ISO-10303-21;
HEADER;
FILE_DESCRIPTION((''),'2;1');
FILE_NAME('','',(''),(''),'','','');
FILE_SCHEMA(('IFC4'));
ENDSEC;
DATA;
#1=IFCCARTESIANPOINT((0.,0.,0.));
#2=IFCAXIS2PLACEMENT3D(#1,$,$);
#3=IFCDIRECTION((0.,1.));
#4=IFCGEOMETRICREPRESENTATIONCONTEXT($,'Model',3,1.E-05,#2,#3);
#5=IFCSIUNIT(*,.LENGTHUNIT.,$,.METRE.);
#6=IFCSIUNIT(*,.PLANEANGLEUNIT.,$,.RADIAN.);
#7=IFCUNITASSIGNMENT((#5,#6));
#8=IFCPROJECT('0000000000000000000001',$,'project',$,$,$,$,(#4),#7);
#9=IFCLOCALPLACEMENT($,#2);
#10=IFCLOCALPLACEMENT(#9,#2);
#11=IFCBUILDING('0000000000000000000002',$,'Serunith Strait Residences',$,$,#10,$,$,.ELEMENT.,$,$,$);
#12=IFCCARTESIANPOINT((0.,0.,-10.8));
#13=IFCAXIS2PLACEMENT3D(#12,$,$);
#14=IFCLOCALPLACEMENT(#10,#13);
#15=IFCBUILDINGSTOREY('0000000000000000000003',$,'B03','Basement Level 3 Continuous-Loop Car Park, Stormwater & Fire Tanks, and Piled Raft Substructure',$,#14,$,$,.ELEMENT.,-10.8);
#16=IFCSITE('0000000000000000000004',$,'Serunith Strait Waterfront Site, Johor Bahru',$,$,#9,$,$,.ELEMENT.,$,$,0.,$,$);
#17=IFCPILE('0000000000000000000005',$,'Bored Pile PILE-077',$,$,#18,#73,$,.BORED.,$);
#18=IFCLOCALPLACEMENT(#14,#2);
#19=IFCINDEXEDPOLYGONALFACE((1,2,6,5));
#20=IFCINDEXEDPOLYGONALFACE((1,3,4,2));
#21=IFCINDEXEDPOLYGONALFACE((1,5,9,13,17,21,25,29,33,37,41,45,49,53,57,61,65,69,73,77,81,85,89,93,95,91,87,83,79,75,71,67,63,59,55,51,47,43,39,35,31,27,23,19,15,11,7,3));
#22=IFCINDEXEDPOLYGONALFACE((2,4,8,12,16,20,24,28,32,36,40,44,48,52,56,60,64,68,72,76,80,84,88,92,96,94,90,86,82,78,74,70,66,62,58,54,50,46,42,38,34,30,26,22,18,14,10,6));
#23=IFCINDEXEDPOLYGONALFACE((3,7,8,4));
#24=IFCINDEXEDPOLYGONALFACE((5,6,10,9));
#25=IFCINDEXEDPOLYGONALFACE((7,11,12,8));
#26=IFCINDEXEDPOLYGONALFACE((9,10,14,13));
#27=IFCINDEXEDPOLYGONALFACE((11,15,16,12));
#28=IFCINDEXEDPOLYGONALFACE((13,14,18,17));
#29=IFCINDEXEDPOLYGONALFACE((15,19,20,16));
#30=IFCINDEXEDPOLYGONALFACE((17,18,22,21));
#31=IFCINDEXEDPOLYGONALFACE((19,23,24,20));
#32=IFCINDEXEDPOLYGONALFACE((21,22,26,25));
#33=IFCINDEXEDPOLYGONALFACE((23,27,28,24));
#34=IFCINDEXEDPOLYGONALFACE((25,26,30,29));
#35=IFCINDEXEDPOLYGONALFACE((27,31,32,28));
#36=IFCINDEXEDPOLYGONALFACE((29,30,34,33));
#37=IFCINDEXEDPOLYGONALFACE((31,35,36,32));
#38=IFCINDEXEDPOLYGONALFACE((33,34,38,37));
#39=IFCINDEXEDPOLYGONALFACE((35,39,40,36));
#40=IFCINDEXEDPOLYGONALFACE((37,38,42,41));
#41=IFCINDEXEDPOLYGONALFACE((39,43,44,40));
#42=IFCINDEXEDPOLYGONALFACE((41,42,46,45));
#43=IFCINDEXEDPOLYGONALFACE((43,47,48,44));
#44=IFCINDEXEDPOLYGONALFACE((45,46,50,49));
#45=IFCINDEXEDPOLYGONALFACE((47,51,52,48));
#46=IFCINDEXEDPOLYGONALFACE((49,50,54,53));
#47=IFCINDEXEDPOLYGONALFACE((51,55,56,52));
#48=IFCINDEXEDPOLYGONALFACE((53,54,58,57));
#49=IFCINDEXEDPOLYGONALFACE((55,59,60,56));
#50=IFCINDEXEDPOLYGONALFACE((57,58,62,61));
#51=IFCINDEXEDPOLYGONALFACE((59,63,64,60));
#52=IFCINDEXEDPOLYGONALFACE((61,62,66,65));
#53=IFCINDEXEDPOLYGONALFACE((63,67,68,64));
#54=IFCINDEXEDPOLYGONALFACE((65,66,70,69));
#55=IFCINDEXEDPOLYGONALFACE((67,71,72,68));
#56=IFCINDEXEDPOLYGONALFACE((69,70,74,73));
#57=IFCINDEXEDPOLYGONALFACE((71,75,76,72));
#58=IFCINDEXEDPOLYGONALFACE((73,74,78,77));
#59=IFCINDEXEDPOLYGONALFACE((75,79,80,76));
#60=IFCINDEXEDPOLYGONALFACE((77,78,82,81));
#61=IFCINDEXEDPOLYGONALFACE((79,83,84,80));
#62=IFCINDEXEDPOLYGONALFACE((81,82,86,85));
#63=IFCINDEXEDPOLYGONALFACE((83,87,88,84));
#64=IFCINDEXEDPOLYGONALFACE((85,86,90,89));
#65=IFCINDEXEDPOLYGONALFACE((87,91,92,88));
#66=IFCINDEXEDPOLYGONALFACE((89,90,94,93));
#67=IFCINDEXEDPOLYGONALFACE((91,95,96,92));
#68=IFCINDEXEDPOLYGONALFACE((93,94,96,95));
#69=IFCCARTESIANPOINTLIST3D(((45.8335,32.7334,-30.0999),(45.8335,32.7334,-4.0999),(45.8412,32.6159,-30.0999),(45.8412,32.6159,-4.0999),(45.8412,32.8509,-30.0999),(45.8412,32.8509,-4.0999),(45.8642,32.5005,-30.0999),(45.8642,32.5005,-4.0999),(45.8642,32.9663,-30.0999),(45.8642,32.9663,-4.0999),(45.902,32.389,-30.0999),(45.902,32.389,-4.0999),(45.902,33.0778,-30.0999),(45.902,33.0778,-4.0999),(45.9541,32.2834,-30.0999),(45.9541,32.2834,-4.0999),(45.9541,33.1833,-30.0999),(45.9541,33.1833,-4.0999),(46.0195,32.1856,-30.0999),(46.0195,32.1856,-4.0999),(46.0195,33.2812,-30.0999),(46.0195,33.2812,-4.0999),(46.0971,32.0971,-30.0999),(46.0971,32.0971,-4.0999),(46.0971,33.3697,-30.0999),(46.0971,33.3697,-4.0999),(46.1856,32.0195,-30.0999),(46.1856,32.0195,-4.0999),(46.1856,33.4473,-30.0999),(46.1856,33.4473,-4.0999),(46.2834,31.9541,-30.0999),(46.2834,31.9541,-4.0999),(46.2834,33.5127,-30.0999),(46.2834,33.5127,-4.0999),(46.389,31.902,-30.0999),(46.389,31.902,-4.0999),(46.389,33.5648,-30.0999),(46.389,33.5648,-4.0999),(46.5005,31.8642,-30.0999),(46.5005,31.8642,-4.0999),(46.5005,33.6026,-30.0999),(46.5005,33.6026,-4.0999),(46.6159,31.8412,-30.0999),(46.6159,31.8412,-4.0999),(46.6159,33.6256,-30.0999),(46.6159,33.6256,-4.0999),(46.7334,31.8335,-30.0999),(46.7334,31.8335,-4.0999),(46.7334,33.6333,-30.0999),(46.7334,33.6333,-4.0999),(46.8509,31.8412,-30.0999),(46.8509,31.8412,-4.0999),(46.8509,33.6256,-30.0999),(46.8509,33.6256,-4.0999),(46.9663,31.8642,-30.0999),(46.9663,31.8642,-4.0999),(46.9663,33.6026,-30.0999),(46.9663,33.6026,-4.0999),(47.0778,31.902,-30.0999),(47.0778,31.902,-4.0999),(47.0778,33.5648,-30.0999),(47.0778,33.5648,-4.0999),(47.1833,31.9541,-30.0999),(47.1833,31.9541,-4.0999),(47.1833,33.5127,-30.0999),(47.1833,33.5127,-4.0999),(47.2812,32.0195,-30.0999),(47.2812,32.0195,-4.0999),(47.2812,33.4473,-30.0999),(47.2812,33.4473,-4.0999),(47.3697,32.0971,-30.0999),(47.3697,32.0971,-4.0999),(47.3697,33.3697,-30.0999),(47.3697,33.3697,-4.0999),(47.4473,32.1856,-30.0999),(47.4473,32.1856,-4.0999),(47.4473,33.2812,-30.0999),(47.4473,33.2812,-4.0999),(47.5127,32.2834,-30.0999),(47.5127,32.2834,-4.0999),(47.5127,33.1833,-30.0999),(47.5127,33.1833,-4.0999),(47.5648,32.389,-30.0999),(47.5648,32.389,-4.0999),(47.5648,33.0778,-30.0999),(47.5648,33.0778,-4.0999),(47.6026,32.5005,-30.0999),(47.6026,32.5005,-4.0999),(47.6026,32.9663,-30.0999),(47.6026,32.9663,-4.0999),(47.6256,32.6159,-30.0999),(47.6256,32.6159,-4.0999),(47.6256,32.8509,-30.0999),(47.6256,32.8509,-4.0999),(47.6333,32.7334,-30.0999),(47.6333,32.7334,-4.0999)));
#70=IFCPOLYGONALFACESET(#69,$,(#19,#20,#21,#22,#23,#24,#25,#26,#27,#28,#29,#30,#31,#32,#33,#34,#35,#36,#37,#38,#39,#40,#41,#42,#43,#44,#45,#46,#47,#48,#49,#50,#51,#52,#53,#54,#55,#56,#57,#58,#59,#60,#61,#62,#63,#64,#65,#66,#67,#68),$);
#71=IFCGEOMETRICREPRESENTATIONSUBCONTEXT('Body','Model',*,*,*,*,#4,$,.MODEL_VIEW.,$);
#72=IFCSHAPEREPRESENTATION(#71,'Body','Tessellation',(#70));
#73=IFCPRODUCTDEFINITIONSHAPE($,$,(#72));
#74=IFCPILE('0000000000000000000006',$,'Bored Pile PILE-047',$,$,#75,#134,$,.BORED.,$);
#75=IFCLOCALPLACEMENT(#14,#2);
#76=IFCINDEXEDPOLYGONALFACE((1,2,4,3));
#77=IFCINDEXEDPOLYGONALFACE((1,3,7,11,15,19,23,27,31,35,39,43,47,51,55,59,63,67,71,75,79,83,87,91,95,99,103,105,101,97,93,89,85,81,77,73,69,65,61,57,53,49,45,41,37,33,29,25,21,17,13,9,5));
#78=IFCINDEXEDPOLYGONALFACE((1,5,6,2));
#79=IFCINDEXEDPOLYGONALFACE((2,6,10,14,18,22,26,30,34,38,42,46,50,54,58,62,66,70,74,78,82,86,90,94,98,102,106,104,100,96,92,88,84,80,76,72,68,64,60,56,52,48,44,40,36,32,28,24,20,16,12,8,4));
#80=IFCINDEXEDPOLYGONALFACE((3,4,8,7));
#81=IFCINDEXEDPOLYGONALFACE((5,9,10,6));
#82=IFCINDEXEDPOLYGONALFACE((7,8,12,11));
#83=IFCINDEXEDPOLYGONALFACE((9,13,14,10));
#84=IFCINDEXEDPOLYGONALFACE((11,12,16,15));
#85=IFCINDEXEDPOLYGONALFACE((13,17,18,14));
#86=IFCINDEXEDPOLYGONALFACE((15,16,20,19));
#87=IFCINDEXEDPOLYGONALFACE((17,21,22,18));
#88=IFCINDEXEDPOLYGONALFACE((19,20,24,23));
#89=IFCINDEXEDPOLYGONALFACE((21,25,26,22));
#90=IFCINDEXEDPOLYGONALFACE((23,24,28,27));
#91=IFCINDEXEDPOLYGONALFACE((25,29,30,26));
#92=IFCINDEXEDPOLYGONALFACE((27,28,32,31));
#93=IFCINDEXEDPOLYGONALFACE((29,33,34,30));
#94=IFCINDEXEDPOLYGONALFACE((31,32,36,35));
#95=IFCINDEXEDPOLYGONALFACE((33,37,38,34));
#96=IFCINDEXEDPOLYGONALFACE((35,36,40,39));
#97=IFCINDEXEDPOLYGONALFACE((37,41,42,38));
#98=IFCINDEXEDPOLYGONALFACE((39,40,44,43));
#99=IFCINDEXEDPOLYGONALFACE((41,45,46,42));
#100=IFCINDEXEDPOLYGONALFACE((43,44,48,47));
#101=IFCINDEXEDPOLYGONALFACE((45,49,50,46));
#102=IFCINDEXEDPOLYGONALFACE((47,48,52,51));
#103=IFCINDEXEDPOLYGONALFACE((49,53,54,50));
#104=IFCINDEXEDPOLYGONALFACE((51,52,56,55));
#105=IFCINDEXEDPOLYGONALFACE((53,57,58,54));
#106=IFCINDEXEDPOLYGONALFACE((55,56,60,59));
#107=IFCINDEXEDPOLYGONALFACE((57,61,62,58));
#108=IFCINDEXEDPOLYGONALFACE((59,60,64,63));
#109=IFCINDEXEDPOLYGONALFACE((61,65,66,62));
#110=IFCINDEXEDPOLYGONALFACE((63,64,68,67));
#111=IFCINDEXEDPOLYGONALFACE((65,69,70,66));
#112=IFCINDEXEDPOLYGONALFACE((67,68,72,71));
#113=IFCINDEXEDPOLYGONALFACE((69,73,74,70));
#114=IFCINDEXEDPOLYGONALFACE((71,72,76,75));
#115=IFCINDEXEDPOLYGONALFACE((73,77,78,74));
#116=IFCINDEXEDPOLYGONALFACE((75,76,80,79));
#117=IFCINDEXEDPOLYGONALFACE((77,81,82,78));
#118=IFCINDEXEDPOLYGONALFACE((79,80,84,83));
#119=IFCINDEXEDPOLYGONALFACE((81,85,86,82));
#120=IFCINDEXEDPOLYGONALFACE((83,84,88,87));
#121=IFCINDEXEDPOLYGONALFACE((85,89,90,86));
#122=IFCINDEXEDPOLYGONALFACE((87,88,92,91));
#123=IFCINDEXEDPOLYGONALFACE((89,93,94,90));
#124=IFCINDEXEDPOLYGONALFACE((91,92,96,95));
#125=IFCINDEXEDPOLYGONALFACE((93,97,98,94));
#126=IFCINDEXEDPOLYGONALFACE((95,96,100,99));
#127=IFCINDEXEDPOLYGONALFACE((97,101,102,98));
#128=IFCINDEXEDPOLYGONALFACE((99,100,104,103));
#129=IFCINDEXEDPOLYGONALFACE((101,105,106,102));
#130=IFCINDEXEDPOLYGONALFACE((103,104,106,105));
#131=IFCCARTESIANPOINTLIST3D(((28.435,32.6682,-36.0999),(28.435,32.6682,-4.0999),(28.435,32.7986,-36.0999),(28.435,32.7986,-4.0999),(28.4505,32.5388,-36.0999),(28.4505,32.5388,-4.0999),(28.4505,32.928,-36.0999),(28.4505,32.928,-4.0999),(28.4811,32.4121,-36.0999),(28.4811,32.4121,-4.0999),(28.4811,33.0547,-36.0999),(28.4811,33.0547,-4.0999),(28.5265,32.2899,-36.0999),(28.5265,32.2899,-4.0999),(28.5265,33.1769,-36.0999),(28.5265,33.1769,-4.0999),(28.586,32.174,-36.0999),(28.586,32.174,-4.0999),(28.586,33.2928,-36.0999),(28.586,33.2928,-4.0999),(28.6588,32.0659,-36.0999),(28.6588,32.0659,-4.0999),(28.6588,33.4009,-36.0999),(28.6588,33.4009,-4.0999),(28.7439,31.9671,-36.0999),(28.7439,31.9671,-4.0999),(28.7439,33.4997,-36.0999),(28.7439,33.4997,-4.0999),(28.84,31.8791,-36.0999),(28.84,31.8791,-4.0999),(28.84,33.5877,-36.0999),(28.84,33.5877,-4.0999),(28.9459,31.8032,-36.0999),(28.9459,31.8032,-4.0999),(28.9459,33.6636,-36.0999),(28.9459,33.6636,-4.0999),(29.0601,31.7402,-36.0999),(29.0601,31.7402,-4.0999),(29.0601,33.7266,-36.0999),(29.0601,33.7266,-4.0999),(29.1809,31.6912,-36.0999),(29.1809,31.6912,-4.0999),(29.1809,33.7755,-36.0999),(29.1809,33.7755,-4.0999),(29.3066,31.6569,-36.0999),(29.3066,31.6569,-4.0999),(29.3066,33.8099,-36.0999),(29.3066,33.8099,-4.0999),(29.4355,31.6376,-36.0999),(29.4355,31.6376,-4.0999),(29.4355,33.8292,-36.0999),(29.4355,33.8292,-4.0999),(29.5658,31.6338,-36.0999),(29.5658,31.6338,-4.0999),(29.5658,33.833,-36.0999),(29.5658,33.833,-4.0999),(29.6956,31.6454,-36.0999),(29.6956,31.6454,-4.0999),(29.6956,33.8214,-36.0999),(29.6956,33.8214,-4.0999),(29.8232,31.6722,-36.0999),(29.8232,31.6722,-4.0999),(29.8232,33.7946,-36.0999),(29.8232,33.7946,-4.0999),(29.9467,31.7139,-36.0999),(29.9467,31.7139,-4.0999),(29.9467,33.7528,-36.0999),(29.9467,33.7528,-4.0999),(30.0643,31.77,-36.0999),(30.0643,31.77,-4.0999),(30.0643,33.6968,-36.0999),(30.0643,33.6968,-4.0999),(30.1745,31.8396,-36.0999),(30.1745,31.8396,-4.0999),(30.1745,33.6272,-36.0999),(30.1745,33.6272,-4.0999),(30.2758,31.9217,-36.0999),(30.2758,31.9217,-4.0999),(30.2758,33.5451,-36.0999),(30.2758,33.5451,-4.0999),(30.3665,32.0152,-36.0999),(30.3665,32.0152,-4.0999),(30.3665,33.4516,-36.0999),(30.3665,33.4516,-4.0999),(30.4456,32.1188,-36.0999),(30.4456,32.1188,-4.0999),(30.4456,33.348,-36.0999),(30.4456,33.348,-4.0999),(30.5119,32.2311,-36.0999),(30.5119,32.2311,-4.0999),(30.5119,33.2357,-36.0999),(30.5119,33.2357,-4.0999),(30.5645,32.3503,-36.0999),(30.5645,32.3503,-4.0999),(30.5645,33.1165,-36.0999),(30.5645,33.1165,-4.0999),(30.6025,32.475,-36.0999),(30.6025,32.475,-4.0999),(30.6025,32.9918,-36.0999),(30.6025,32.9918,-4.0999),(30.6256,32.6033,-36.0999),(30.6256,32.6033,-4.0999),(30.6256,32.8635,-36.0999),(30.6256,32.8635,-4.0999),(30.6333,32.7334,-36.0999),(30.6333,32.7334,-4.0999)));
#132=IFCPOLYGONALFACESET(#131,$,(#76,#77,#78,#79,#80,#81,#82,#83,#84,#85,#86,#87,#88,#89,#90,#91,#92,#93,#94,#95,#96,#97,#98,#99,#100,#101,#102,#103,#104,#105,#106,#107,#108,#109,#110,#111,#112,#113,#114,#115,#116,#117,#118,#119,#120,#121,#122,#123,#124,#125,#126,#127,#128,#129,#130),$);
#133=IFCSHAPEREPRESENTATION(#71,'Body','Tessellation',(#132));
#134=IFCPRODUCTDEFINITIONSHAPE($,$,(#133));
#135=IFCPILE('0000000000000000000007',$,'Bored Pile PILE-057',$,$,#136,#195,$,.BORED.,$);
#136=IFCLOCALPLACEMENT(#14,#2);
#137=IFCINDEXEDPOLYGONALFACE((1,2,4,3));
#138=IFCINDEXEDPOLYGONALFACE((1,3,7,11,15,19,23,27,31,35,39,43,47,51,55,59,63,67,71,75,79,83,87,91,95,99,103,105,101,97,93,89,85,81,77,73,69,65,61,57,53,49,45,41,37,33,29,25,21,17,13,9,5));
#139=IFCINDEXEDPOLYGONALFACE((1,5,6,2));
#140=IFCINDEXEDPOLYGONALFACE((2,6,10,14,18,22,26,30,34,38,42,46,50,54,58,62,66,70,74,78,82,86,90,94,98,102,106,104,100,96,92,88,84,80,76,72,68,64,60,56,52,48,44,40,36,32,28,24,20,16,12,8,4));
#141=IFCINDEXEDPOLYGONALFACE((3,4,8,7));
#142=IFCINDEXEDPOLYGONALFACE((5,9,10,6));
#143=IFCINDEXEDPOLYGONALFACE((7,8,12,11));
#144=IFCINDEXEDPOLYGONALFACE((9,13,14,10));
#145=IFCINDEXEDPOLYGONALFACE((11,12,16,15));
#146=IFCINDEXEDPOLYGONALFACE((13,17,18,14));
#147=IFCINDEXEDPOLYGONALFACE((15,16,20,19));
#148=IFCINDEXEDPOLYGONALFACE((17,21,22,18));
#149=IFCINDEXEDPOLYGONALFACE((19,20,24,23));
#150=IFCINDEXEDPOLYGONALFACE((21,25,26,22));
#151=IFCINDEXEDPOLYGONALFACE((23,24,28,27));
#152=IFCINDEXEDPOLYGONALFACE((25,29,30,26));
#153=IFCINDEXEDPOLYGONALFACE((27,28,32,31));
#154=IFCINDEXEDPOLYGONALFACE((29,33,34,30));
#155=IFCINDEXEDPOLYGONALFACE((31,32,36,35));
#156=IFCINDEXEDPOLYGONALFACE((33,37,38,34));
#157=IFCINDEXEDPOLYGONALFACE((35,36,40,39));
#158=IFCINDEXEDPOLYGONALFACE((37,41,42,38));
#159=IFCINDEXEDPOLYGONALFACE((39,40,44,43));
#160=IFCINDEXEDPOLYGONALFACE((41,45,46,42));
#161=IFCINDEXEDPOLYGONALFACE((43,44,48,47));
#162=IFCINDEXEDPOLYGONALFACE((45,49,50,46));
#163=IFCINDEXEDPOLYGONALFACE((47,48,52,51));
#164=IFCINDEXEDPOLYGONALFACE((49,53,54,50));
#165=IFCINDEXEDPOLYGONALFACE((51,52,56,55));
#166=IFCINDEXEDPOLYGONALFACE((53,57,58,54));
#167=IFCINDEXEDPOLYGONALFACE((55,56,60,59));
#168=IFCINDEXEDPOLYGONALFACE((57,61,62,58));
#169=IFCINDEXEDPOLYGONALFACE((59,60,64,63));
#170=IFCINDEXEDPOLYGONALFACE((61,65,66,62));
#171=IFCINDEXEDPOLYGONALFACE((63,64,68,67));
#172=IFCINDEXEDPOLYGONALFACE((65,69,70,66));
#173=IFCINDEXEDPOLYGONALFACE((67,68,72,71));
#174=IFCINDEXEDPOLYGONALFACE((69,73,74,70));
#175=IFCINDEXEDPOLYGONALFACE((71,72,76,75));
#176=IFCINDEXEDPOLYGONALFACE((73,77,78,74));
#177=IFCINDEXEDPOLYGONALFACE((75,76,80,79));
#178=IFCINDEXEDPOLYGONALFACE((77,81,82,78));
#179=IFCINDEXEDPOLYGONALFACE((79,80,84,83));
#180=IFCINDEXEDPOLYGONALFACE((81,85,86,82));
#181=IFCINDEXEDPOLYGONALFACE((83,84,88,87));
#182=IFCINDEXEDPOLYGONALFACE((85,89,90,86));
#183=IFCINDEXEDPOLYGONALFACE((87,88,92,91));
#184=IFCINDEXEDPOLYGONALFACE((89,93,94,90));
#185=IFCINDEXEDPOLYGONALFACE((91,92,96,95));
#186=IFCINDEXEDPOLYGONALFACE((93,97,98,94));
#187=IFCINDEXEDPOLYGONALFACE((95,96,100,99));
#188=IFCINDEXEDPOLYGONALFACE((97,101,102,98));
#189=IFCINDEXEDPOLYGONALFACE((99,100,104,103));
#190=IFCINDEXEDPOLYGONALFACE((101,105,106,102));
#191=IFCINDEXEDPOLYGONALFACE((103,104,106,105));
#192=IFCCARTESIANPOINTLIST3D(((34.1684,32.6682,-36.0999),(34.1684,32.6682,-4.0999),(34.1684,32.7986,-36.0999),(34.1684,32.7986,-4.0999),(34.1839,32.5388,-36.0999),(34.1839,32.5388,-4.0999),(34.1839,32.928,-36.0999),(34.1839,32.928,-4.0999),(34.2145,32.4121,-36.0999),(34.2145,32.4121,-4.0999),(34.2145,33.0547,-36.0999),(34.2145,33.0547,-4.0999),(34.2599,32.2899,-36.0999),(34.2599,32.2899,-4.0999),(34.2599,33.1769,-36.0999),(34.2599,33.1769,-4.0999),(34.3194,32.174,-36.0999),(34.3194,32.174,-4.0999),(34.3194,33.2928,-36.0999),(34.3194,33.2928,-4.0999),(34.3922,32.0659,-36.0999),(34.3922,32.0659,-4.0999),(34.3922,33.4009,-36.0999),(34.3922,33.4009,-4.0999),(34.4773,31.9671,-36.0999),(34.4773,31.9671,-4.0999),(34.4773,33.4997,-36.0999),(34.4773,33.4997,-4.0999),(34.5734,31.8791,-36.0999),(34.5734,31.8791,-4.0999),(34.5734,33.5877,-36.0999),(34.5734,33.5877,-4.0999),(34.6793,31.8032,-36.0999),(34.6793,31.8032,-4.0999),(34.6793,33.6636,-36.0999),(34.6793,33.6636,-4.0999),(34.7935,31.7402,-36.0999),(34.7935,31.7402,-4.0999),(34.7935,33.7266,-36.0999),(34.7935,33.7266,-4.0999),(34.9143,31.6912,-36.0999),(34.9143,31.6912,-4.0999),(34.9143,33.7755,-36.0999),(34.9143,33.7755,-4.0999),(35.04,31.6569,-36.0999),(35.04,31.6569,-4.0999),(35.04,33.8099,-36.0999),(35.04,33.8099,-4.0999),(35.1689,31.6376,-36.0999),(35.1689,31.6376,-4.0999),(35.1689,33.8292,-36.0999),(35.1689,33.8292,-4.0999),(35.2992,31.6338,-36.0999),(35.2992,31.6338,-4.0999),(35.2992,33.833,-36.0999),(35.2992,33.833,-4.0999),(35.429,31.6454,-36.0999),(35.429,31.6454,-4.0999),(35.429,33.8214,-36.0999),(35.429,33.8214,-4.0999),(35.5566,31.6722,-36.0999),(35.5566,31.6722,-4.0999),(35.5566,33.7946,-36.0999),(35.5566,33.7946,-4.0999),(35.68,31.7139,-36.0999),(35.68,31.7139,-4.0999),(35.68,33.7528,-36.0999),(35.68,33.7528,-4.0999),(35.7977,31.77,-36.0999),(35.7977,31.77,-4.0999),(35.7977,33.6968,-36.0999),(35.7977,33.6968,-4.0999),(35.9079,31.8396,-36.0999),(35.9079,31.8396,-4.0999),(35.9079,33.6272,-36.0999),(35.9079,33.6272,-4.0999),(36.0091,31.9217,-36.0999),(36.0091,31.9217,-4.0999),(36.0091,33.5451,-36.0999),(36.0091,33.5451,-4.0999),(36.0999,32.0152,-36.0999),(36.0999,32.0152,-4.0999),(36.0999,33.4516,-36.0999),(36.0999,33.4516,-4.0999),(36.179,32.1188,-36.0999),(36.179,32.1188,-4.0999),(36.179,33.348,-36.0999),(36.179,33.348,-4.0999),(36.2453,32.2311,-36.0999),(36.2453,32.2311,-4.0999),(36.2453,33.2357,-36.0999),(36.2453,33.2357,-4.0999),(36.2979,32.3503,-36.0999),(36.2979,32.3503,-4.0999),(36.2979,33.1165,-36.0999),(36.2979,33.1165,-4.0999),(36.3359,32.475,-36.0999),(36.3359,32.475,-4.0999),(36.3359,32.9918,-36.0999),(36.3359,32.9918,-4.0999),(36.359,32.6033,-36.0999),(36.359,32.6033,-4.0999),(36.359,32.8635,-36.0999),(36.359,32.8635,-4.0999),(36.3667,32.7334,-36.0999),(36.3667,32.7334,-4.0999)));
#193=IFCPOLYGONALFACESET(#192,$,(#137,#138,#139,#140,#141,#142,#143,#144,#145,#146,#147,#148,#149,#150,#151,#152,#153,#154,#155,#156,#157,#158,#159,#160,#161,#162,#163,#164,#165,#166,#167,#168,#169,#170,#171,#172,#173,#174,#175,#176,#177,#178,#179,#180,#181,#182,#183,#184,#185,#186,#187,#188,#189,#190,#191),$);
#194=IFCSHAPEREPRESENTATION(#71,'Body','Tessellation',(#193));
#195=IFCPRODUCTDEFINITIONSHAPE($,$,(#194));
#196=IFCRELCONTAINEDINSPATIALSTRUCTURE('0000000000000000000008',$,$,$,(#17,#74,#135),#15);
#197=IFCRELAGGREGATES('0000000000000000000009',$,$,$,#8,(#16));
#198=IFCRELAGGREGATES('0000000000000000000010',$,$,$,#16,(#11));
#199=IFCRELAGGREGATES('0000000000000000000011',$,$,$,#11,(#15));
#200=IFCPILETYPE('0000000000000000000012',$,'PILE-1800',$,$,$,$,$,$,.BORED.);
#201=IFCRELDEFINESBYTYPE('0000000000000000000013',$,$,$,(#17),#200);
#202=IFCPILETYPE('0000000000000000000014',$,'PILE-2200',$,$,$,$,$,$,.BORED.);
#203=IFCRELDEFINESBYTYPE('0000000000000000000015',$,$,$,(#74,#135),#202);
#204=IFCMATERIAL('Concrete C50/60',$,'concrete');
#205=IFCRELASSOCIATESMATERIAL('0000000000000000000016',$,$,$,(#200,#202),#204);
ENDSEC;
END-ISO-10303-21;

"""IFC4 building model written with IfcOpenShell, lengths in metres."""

from ifc_helpers import new_model, si_unit, direction, frame, origin, origin_2d, place, context, subcontext, project, spatial, circle, extrude, source, transform, mapped, material, material_profile, profile_set, type_object, element, save


model = new_model("IFC4")

# Units and contexts
model_context = context("Model", 3, precision=1e-05, world=origin(), true_north=direction((0.0, 1.0)))
body_context = subcontext(model_context, "Body", "Model", "MODEL_VIEW")
ifc_project = project(units=[si_unit("LENGTHUNIT", "METRE"), si_unit("PLANEANGLEUNIT", "RADIAN")], contexts=[model_context])

# Site, building, storey
site_placement = place(None, origin())
site = spatial("IfcSite", under=ifc_project, at=site_placement, Name="Serunith Strait Waterfront Site, Johor Bahru", CompositionType="ELEMENT", RefElevation=0.0)
building_placement = place(site_placement, origin())
building = spatial("IfcBuilding", under=site, at=building_placement, Name="Serunith Strait Residences", CompositionType="ELEMENT")
storey_placement = place(building_placement, frame((0.0, 0.0, -10.8)))
storey = spatial("IfcBuildingStorey", under=building, at=storey_placement, Name="B03", Description="Basement Level 3 Continuous-Loop Car Park, Stormwater & Fire Tanks, and Piled Raft Substructure", CompositionType="ELEMENT", Elevation=-10.8)

# Piles
ifc_material_1 = material(Name="Concrete C50/60", Category="concrete")
ifc_material_profile_1 = material_profile(ifc_material_1, circle(Radius=0.8999, at=origin_2d()), Name="PILE D1800")
ifc_profile_set_1 = profile_set([ifc_material_profile_1], Name="Concrete C50/60")
pile_type_1 = type_object("IfcPileType", Name="PILE-1800", PredefinedType="BORED", material=ifc_profile_set_1)
shared_shape_1 = source(origin(), body_context, "Body", "SweptSolid", [
    extrude(circle(Radius=0.8999, at=origin_2d()), origin(), (0.0, 0.0, 1.0), 26.0),
])
for number, where, z_axis, x_axis, name in (
    (1, (46.7334, 32.7334, -4.0999), (0.0, 0.0, -1.0), (1.0, 0.0, 0.0), "Bored Pile PILE-077"),
):
    element("IfcPile", number, at=place(storey_placement, frame(where, z_axis=z_axis, x_axis=x_axis)), inside=storey, type_object=pile_type_1, Name=name, PredefinedType="BORED", context=body_context, shape_type="MappedRepresentation", body=[
        mapped(shared_shape_1, transform((0.0, 0.0, 0.0), scale=1.0)),
    ])
ifc_material_profile_2 = material_profile(ifc_material_1, circle(Radius=1.1001, at=origin_2d()), Name="PILE D2200")
ifc_profile_set_2 = profile_set([ifc_material_profile_2], Name="Concrete C50/60")
pile_type_2 = type_object("IfcPileType", Name="PILE-2200", PredefinedType="BORED", material=ifc_profile_set_2)
shared_shape_2 = source(origin(), body_context, "Body", "SweptSolid", [
    extrude(circle(Radius=1.1001, at=origin_2d()), origin(), (0.0, 0.0, 1.0), 32.0),
])
for number, where, z_axis, x_axis, name in (
    (2, (29.5332, 32.7334, -4.0999), (0.0, 0.0, -1.0), (1.0, 0.0, 0.0), "Bored Pile PILE-047"),
    (3, (35.2666, 32.7334, -4.0999), (0.0, 0.0, -1.0), (1.0, 0.0, 0.0), "Bored Pile PILE-057"),
):
    element("IfcPile", number, at=place(storey_placement, frame(where, z_axis=z_axis, x_axis=x_axis)), inside=storey, type_object=pile_type_2, Name=name, PredefinedType="BORED", context=body_context, shape_type="MappedRepresentation", body=[
        mapped(shared_shape_2, transform((0.0, 0.0, 0.0), scale=1.0)),
    ])

save(model, "model.ifc")
